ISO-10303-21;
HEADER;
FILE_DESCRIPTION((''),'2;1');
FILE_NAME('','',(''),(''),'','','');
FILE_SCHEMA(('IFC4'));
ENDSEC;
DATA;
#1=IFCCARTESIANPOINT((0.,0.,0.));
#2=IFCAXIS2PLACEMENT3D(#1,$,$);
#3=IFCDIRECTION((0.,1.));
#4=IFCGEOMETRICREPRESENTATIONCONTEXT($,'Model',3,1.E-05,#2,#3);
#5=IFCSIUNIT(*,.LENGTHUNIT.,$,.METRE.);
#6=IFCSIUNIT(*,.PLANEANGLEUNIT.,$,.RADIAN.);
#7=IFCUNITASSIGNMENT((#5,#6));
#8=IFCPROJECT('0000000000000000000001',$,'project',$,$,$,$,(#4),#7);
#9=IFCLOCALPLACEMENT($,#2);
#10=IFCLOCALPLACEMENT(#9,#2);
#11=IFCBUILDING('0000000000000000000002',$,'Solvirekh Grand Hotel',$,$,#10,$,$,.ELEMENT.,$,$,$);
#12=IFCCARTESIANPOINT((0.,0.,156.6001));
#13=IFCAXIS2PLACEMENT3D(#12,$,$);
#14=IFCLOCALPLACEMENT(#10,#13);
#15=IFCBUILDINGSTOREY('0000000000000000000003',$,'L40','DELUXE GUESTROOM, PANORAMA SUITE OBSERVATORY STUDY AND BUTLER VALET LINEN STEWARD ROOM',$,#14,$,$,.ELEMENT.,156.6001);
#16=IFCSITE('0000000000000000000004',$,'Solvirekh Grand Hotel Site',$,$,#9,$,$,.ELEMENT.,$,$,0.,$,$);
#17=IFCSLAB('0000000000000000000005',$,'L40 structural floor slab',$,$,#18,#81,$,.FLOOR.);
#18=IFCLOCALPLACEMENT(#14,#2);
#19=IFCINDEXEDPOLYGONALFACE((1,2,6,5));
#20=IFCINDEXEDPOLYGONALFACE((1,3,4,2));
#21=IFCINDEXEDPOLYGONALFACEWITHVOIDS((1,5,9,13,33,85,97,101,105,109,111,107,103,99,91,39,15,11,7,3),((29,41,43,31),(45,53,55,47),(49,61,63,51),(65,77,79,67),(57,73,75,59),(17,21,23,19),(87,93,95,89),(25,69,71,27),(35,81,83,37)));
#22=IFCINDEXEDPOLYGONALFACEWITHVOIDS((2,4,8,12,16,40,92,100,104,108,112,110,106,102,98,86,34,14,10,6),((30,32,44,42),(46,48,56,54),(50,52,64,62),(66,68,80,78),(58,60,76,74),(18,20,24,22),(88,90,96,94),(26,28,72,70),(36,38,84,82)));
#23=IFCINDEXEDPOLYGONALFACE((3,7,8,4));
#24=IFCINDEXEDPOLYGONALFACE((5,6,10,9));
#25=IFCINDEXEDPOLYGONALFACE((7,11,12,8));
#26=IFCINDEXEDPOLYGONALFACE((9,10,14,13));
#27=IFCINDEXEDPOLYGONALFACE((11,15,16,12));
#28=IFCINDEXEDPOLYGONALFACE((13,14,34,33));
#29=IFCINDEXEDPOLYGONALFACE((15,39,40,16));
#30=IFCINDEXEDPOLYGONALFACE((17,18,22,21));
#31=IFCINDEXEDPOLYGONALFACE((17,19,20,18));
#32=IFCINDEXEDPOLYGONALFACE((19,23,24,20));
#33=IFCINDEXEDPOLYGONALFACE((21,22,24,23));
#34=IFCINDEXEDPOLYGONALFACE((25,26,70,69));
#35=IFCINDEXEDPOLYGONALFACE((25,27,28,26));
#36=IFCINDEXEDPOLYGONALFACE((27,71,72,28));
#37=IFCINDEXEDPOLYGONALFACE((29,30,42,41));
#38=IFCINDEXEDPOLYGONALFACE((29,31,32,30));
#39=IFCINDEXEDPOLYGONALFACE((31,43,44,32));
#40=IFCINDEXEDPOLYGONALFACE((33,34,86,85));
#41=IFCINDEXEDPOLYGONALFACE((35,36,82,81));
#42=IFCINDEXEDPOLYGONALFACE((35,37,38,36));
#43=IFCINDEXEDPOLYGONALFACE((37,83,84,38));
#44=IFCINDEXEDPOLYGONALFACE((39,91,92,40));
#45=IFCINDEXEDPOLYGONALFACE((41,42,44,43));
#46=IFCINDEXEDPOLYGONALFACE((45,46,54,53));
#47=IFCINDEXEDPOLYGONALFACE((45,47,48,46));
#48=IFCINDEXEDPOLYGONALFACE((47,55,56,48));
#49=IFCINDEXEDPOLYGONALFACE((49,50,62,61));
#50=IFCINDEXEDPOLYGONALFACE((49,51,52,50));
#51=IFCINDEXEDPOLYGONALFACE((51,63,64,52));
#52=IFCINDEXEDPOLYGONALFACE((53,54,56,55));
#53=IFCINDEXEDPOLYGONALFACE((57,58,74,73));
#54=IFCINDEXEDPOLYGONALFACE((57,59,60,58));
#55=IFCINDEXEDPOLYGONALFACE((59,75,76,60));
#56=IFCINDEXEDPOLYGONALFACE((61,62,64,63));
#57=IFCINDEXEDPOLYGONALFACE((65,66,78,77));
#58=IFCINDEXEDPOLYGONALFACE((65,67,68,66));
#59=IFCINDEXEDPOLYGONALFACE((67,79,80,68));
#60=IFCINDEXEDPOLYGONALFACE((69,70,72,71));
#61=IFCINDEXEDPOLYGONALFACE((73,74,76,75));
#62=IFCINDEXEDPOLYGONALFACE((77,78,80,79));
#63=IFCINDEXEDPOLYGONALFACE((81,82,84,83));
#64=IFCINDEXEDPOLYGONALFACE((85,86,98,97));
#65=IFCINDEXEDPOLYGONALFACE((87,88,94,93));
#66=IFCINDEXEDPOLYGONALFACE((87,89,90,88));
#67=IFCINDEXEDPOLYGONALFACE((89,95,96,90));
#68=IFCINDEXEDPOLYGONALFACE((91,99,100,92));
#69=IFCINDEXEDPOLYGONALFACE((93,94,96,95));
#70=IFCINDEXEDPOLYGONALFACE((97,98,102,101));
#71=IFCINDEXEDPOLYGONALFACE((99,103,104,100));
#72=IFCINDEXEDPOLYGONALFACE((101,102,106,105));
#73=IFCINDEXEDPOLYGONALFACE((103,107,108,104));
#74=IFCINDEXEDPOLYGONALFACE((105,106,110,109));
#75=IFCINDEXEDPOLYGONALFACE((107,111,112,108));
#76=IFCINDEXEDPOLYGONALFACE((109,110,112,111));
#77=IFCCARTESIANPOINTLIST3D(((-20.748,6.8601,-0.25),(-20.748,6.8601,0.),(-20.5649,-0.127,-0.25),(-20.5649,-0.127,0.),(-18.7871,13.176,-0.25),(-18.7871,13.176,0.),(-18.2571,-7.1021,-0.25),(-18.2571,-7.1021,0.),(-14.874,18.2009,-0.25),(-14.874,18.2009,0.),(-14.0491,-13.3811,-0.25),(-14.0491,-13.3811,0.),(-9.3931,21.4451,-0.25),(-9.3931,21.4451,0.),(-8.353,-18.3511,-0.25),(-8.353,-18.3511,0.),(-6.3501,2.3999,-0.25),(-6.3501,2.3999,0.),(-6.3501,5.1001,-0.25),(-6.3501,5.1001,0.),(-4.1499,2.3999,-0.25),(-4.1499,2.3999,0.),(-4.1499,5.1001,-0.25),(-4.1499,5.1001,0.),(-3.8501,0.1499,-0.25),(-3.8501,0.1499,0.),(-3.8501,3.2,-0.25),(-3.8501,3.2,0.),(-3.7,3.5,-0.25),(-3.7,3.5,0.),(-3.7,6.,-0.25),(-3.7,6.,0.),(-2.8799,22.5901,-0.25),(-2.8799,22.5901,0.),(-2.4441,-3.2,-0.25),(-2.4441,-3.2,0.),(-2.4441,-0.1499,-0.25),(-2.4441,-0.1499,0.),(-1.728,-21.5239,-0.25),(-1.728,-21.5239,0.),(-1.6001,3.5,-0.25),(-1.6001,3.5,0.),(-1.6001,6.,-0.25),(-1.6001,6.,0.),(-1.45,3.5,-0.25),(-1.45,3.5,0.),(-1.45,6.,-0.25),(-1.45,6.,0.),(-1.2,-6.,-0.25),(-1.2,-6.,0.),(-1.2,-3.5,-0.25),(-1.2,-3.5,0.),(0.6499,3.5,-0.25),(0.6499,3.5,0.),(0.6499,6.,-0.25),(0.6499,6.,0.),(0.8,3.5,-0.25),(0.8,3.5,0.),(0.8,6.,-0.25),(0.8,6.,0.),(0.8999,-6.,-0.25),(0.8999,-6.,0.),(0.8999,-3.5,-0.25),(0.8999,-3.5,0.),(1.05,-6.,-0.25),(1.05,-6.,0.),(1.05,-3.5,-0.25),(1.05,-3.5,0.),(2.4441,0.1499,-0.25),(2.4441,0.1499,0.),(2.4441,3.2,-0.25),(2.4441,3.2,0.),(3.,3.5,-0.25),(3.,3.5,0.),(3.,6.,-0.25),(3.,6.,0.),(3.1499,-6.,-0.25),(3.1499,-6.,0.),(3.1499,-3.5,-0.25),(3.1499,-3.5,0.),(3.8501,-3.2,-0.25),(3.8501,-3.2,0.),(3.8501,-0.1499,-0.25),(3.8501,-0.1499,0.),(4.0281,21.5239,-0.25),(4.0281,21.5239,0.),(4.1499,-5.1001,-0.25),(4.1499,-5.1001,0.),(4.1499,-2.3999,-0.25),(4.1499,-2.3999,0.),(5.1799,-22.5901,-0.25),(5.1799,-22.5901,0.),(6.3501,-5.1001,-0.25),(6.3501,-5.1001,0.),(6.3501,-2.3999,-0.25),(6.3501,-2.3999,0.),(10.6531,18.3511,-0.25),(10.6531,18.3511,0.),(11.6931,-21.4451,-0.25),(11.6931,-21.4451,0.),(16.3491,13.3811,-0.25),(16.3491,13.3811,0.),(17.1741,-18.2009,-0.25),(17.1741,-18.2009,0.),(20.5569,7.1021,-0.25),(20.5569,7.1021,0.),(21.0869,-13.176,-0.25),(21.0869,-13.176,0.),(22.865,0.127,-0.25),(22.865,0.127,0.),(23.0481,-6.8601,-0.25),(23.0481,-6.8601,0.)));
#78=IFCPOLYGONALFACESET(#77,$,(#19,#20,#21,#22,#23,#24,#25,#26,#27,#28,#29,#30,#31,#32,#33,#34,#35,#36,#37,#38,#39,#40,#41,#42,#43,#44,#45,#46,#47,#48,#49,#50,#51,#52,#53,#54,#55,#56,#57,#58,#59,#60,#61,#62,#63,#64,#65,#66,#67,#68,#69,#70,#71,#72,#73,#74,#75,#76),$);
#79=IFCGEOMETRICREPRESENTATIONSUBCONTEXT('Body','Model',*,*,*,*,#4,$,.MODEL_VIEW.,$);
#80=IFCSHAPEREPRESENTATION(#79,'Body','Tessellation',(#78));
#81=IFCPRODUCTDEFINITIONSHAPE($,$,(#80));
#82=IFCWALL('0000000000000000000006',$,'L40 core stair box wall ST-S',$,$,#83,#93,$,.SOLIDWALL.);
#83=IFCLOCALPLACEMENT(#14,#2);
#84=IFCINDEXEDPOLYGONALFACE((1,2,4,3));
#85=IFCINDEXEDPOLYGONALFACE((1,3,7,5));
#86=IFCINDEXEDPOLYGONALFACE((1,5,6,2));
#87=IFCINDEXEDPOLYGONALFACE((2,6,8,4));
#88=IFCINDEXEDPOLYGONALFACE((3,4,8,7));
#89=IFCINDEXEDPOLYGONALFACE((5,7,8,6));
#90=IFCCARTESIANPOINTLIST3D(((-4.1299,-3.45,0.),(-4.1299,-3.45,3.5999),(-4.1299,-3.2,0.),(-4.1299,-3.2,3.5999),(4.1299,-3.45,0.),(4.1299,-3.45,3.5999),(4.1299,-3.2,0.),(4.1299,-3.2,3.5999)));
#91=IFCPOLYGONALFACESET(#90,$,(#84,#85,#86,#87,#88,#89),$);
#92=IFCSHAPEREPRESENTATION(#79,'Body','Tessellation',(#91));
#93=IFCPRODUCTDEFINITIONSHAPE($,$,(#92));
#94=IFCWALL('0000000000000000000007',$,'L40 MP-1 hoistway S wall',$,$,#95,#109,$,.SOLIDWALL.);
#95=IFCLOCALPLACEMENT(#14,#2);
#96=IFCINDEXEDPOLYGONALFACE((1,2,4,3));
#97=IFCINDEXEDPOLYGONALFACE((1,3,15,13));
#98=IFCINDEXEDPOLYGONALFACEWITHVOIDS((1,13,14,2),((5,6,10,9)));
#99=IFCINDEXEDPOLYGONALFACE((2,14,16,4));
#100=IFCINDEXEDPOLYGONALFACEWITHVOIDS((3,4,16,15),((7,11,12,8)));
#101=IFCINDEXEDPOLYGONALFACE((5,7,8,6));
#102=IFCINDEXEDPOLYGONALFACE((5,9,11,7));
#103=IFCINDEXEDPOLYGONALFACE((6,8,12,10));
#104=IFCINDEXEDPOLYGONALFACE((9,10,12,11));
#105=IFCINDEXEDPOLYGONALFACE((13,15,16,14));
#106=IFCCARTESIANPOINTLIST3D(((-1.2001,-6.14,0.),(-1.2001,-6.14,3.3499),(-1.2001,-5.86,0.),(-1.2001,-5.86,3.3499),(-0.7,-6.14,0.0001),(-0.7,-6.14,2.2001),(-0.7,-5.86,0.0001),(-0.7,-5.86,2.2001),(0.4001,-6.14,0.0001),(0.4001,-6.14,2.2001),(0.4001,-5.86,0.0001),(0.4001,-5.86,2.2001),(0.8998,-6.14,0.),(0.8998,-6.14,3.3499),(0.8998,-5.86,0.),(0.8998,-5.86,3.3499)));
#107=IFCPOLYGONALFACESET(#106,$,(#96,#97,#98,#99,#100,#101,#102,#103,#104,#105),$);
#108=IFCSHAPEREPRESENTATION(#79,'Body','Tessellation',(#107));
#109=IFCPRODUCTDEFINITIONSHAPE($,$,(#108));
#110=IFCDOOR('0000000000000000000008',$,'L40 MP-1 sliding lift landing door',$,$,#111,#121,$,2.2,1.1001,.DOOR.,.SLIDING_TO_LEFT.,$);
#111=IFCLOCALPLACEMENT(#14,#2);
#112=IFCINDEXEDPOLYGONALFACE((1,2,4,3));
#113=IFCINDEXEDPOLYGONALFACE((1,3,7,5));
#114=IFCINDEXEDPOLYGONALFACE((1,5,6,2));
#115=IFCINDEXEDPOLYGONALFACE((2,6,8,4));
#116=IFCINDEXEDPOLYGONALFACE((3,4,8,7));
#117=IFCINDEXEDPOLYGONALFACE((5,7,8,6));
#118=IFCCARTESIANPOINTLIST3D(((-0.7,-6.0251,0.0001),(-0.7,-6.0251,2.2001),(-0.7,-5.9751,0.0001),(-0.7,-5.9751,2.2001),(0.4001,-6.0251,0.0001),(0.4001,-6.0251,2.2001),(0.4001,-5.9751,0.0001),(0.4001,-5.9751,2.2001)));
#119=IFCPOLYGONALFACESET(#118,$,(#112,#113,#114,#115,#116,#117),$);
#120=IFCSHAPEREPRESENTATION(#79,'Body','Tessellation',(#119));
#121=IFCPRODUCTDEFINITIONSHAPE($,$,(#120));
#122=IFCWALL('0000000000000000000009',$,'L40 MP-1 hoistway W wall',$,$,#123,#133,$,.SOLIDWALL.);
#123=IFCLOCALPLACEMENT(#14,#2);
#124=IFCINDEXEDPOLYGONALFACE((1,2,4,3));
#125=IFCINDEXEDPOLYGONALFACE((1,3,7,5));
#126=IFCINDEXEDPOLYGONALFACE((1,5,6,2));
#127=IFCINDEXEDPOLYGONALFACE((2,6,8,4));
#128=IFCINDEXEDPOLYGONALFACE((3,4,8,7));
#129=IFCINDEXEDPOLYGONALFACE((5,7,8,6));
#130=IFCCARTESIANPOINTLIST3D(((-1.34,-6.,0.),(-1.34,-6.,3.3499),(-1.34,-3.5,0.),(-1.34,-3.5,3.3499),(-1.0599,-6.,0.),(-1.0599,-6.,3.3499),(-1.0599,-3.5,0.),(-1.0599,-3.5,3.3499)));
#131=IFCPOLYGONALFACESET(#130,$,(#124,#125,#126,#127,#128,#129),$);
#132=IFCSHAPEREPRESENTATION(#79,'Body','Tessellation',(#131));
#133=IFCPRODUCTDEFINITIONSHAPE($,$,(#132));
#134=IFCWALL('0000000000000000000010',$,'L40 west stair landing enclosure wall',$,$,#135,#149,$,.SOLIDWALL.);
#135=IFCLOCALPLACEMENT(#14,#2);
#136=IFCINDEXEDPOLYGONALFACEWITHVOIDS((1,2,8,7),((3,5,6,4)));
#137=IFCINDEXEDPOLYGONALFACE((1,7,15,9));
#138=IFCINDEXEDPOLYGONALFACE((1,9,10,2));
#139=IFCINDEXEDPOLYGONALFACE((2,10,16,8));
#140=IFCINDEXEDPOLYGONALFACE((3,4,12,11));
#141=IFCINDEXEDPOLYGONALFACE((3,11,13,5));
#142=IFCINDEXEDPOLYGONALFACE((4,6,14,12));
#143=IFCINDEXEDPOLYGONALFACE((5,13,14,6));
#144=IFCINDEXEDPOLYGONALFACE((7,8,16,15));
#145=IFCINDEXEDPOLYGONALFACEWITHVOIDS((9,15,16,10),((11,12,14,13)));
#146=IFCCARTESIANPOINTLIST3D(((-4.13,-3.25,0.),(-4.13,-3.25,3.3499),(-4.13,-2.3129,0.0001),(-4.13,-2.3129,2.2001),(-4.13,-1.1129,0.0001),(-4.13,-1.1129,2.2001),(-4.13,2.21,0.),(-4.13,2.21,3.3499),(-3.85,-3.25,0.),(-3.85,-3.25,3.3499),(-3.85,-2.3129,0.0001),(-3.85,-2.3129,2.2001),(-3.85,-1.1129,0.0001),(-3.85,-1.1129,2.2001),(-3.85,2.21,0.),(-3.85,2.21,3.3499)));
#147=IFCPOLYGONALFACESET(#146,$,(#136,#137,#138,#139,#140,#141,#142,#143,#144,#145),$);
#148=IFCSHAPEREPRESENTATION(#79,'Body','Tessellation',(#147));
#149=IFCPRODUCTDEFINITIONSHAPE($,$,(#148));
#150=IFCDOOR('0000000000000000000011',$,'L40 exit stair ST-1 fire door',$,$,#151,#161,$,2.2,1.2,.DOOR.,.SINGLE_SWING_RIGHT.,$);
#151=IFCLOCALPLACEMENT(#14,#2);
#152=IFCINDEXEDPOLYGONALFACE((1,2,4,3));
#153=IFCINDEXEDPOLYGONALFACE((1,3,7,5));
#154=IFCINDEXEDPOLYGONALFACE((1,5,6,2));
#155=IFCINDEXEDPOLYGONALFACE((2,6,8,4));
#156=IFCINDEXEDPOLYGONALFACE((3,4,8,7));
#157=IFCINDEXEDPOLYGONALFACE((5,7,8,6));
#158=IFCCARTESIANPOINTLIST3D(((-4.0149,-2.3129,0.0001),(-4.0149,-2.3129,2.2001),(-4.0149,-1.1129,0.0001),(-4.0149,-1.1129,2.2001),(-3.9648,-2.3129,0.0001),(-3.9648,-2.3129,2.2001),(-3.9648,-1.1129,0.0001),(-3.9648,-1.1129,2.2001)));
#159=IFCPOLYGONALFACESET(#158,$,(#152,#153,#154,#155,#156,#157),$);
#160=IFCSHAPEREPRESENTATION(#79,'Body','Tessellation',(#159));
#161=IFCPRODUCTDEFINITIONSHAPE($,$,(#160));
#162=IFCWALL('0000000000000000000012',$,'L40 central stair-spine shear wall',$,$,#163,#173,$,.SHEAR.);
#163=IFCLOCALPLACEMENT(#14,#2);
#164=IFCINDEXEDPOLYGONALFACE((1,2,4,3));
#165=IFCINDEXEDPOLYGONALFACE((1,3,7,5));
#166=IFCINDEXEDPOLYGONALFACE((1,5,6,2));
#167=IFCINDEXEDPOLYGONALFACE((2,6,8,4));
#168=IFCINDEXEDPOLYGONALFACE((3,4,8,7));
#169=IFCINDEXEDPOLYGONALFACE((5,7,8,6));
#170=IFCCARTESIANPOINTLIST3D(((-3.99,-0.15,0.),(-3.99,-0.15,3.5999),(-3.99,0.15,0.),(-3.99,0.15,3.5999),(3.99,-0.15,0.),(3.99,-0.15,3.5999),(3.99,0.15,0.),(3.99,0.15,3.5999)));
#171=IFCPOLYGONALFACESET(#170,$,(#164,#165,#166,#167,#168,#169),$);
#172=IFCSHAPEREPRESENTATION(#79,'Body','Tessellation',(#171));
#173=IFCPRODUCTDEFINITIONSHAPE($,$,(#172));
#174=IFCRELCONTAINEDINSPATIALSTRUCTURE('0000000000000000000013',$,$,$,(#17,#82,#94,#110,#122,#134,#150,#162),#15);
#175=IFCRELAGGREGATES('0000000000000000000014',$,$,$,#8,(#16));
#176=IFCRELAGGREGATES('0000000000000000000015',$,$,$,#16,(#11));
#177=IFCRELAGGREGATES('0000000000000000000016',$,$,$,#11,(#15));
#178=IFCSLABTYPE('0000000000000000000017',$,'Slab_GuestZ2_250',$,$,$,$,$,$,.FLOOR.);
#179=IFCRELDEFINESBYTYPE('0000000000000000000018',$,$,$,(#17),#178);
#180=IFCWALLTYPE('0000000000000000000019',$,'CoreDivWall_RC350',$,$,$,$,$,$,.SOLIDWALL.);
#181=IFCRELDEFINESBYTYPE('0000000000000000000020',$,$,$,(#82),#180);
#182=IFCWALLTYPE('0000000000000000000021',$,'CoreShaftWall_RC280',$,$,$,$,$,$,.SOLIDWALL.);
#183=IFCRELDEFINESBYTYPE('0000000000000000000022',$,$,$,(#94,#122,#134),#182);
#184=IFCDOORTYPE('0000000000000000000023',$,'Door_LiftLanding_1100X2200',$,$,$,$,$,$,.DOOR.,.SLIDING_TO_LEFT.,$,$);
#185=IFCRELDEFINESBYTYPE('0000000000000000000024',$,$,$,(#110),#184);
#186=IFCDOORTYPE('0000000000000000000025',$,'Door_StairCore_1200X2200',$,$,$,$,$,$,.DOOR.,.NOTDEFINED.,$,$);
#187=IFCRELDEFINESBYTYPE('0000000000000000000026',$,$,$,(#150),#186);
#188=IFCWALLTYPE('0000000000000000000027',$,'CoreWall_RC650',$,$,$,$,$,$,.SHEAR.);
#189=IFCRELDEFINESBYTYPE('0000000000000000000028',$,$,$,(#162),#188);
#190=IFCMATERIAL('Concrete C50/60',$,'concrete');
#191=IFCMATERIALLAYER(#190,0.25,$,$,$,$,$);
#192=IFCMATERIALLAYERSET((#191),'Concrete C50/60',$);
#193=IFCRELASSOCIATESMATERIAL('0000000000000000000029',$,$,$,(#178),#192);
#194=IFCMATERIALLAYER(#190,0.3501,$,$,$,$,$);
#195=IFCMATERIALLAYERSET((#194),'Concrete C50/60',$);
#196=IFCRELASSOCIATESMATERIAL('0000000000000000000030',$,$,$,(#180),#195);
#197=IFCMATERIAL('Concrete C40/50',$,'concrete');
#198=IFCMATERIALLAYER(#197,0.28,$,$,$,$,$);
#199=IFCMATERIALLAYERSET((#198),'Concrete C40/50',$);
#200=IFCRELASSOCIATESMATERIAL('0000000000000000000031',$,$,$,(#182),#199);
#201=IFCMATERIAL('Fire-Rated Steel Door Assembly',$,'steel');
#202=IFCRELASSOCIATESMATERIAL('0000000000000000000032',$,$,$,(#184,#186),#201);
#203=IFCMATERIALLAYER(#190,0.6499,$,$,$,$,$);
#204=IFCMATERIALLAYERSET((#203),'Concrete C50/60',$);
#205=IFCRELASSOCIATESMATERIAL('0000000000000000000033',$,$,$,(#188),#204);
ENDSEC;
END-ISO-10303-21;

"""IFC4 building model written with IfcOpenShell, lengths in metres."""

from ifc_helpers import new_model, si_unit, direction, frame, frame_2d, origin, place, context, subcontext, project, spatial, polyline, rectangle, outline, extrude, material, layer, layer_set, type_object, element, fill, save


model = new_model("IFC4")

# Units and contexts
model_context = context("Model", 3, precision=1e-05, world=origin(), true_north=direction((0.0, 1.0)))
body_context = subcontext(model_context, "Body", "Model", "MODEL_VIEW")
ifc_project = project(units=[si_unit("LENGTHUNIT", "METRE"), si_unit("PLANEANGLEUNIT", "RADIAN")], contexts=[model_context])

# Site, building, storey
site_placement = place(None, origin())
site = spatial("IfcSite", under=ifc_project, at=site_placement, Name="Solvirekh Grand Hotel Site", CompositionType="ELEMENT", RefElevation=0.0)
building_placement = place(site_placement, origin())
building = spatial("IfcBuilding", under=site, at=building_placement, Name="Solvirekh Grand Hotel", CompositionType="ELEMENT")
storey_placement = place(building_placement, frame((0.0, 0.0, 156.6001)))
storey = spatial("IfcBuildingStorey", under=building, at=storey_placement, Name="L40", Description="DELUXE GUESTROOM, PANORAMA SUITE OBSERVATORY STUDY AND BUTLER VALET LINEN STEWARD ROOM", CompositionType="ELEMENT", Elevation=156.6001)

# Shared definitions
ifc_material_1 = material(Name="Concrete C50/60", Category="concrete")

# Shared definitions
ifc_material_2 = material(Name="Concrete C40/50", Category="concrete")

# Slab
ifc_layer_1 = layer(ifc_material_1, 0.25)
ifc_layer_set_1 = layer_set([ifc_layer_1], Name="Concrete C50/60")
slab_type_1 = type_object("IfcSlabType", Name="Slab_GuestZ2_250", PredefinedType="FLOOR", material=ifc_layer_set_1)
slab_1_placement = place(storey_placement, frame((0.0, 0.0, -0.25)))
element("IfcSlab", 1, at=slab_1_placement, inside=storey, type_object=slab_type_1, Name="L40 structural floor slab", PredefinedType="FLOOR", context=body_context, shape_type="SweptSolid", body=[
    extrude(outline(polyline([(17.1741, -18.2009), (21.0869, -13.176), (23.0481, -6.8601), (22.865, 0.127), (20.5569, 7.1021), (16.3491, 13.3811), (10.6531, 18.3511), (4.0281, 21.5239), (-2.8799, 22.5901), (-9.3931, 21.4451), (-14.874, 18.2009), (-18.7871, 13.176), (-20.748, 6.8601), (-20.5649, -0.127), (-18.2571, -7.1021), (-14.0491, -13.3811), (-8.353, -18.3511), (-1.728, -21.5239), (5.1799, -22.5901), (11.6931, -21.4451), (17.1741, -18.2009)]), holes=[polyline([(-2.4441, -0.1499), (3.8501, -0.1499), (3.8501, -3.2), (-2.4441, -3.2), (-2.4441, -0.1499)]), polyline([(2.4441, 0.1499), (-3.8501, 0.1499), (-3.8501, 3.2), (2.4441, 3.2), (2.4441, 0.1499)]), polyline([(-1.2, -3.5), (0.8999, -3.5), (0.8999, -6.0), (-1.2, -6.0), (-1.2, -3.5)]), polyline([(1.05, -3.5), (3.1499, -3.5), (3.1499, -6.0), (1.05, -6.0), (1.05, -3.5)]), polyline([(-3.7, 6.0), (-1.6001, 6.0), (-1.6001, 3.5), (-3.7, 3.5), (-3.7, 6.0)]), polyline([(-1.45, 6.0), (0.6499, 6.0), (0.6499, 3.5), (-1.45, 3.5), (-1.45, 6.0)]), polyline([(0.8, 6.0), (3.0, 6.0), (3.0, 3.5), (0.8, 3.5), (0.8, 6.0)]), polyline([(-6.3501, 5.1001), (-4.1499, 5.1001), (-4.1499, 2.3999), (-6.3501, 2.3999), (-6.3501, 5.1001)]), polyline([(4.1499, -2.3999), (6.3501, -2.3999), (6.3501, -5.1001), (4.1499, -5.1001), (4.1499, -2.3999)])]), origin(), (0.0, 0.0, 1.0), 0.25),
])

# Wall
ifc_layer_2 = layer(ifc_material_1, 0.3501)
ifc_layer_set_2 = layer_set([ifc_layer_2], Name="Concrete C50/60")
wall_type_1 = type_object("IfcWallType", Name="CoreDivWall_RC350", PredefinedType="SOLIDWALL", material=ifc_layer_set_2)
wall_1_placement = place(storey_placement, frame((-4.1299, -3.325, 0.0), z_axis=(0.0, 0.0, 1.0), x_axis=(1.0, 0.0, 0.0)))
element("IfcWall", 2, at=wall_1_placement, inside=storey, type_object=wall_type_1, Name="L40 core stair box wall ST-S", PredefinedType="SOLIDWALL", context=body_context, shape_type="SweptSolid", body=[
    extrude(rectangle(XDim=8.2598, YDim=0.25, at=frame_2d((4.1299, 0.0))), origin(), (0.0, 0.0, 1.0), 3.5999),
])

# Wall, opening, door
ifc_layer_3 = layer(ifc_material_2, 0.28)
ifc_layer_set_3 = layer_set([ifc_layer_3], Name="Concrete C40/50")
wall_type_2 = type_object("IfcWallType", Name="CoreShaftWall_RC280", PredefinedType="SOLIDWALL", material=ifc_layer_set_3)
wall_2_placement = place(storey_placement, frame((-1.2, -6.0, 0.0), z_axis=(0.0, 0.0, 1.0), x_axis=(1.0, 0.0, 0.0)))
wall_2 = element("IfcWall", 3, at=wall_2_placement, inside=storey, type_object=wall_type_2, Name="L40 MP-1 hoistway S wall", PredefinedType="SOLIDWALL", context=body_context, shape_type="SweptSolid", body=[
    extrude(rectangle(XDim=2.0999, YDim=0.28, at=frame_2d((1.0498, 0.0))), origin(), (0.0, 0.0, 1.0), 3.3499),
])
opening_1_placement = place(wall_2_placement, frame((0.5, 0.0, 0.0)))
opening_1 = element("IfcOpeningElement", 4, at=opening_1_placement, cuts=wall_2, PredefinedType="OPENING", context=body_context, shape_type="SweptSolid", body=[
    extrude(rectangle(XDim=1.1001, YDim=2.2, at=frame_2d((0.55, 1.1001))), frame((0.0, 0.1499, 0.0), z_axis=(0.0, -1.0, 0.0), x_axis=(1.0, 0.0, 0.0)), (0.0, 0.0, 1.0), 0.3),
])
ifc_material_3 = material(Name="Fire-Rated Steel Door Assembly", Category="steel")
door_type_1 = type_object("IfcDoorType", Name="Door_LiftLanding_1100X2200", OperationType="SLIDING_TO_LEFT", PredefinedType="DOOR", material=ifc_material_3)
door_1_placement = place(opening_1_placement, origin())
door_1 = element("IfcDoor", 5, at=door_1_placement, inside=storey, type_object=door_type_1, Name="L40 MP-1 sliding lift landing door", OperationType="SLIDING_TO_LEFT", OverallHeight=2.2, OverallWidth=1.1001, PredefinedType="DOOR", context=body_context, shape_type="SweptSolid", body=[
    extrude(rectangle(XDim=1.1001, YDim=2.2, at=frame_2d((0.55, 1.1001))), frame((0.0, 0.0249, 0.0), z_axis=(0.0, -1.0, 0.0), x_axis=(1.0, 0.0, 0.0)), (0.0, 0.0, 1.0), 0.05),
])
fill(opening_1, door_1)

# Wall
wall_3_placement = place(storey_placement, frame((-1.2, -3.5, 0.0), z_axis=(0.0, 0.0, 1.0), x_axis=(0.0, -1.0, 0.0)))
element("IfcWall", 6, at=wall_3_placement, inside=storey, type_object=wall_type_2, Name="L40 MP-1 hoistway W wall", PredefinedType="SOLIDWALL", context=body_context, shape_type="SweptSolid", body=[
    extrude(rectangle(XDim=2.5, YDim=0.28, at=frame_2d((1.25, 0.0))), origin(), (0.0, 0.0, 1.0), 3.3499),
])

# Wall, opening, door
wall_4_placement = place(storey_placement, frame((-3.99, -3.25, 0.0), z_axis=(0.0, 0.0, 1.0), x_axis=(0.0, 1.0, 0.0)))
wall_4 = element("IfcWall", 7, at=wall_4_placement, inside=storey, type_object=wall_type_2, Name="L40 west stair landing enclosure wall", PredefinedType="SOLIDWALL", context=body_context, shape_type="SweptSolid", body=[
    extrude(rectangle(XDim=5.46, YDim=0.28, at=frame_2d((2.73, 0.0))), origin(), (0.0, 0.0, 1.0), 3.3499),
])
opening_2_placement = place(wall_4_placement, frame((0.937, 0.0, 0.0)))
opening_2 = element("IfcOpeningElement", 8, at=opening_2_placement, cuts=wall_4, PredefinedType="OPENING", context=body_context, shape_type="SweptSolid", body=[
    extrude(rectangle(XDim=1.2, YDim=2.2, at=frame_2d((0.6001, 1.1001))), frame((0.0, 0.1499, 0.0), z_axis=(0.0, -1.0, 0.0), x_axis=(1.0, 0.0, 0.0)), (0.0, 0.0, 1.0), 0.3),
])
door_type_2 = type_object("IfcDoorType", Name="Door_StairCore_1200X2200", OperationType="NOTDEFINED", PredefinedType="DOOR", material=ifc_material_3)
door_2_placement = place(opening_2_placement, origin())
door_2 = element("IfcDoor", 9, at=door_2_placement, inside=storey, type_object=door_type_2, Name="L40 exit stair ST-1 fire door", OperationType="SINGLE_SWING_RIGHT", OverallHeight=2.2, OverallWidth=1.2, PredefinedType="DOOR", context=body_context, shape_type="SweptSolid", body=[
    extrude(rectangle(XDim=1.2, YDim=2.2, at=frame_2d((0.6001, 1.1001))), frame((0.0, 0.0249, 0.0), z_axis=(0.0, -1.0, 0.0), x_axis=(1.0, 0.0, 0.0)), (0.0, 0.0, 1.0), 0.05),
])
fill(opening_2, door_2)

# Wall
ifc_layer_4 = layer(ifc_material_1, 0.6499)
ifc_layer_set_4 = layer_set([ifc_layer_4], Name="Concrete C50/60")
wall_type_3 = type_object("IfcWallType", Name="CoreWall_RC650", PredefinedType="SHEAR", material=ifc_layer_set_4)
wall_5_placement = place(storey_placement, frame((-3.99, 0.0, 0.0), z_axis=(0.0, 0.0, 1.0), x_axis=(1.0, 0.0, 0.0)))
element("IfcWall", 10, at=wall_5_placement, inside=storey, type_object=wall_type_3, Name="L40 central stair-spine shear wall", PredefinedType="SHEAR", context=body_context, shape_type="SweptSolid", body=[
    extrude(rectangle(XDim=7.98, YDim=0.3, at=frame_2d((3.99, 0.0))), origin(), (0.0, 0.0, 1.0), 3.5999),
])

save(model, "model.ifc")
